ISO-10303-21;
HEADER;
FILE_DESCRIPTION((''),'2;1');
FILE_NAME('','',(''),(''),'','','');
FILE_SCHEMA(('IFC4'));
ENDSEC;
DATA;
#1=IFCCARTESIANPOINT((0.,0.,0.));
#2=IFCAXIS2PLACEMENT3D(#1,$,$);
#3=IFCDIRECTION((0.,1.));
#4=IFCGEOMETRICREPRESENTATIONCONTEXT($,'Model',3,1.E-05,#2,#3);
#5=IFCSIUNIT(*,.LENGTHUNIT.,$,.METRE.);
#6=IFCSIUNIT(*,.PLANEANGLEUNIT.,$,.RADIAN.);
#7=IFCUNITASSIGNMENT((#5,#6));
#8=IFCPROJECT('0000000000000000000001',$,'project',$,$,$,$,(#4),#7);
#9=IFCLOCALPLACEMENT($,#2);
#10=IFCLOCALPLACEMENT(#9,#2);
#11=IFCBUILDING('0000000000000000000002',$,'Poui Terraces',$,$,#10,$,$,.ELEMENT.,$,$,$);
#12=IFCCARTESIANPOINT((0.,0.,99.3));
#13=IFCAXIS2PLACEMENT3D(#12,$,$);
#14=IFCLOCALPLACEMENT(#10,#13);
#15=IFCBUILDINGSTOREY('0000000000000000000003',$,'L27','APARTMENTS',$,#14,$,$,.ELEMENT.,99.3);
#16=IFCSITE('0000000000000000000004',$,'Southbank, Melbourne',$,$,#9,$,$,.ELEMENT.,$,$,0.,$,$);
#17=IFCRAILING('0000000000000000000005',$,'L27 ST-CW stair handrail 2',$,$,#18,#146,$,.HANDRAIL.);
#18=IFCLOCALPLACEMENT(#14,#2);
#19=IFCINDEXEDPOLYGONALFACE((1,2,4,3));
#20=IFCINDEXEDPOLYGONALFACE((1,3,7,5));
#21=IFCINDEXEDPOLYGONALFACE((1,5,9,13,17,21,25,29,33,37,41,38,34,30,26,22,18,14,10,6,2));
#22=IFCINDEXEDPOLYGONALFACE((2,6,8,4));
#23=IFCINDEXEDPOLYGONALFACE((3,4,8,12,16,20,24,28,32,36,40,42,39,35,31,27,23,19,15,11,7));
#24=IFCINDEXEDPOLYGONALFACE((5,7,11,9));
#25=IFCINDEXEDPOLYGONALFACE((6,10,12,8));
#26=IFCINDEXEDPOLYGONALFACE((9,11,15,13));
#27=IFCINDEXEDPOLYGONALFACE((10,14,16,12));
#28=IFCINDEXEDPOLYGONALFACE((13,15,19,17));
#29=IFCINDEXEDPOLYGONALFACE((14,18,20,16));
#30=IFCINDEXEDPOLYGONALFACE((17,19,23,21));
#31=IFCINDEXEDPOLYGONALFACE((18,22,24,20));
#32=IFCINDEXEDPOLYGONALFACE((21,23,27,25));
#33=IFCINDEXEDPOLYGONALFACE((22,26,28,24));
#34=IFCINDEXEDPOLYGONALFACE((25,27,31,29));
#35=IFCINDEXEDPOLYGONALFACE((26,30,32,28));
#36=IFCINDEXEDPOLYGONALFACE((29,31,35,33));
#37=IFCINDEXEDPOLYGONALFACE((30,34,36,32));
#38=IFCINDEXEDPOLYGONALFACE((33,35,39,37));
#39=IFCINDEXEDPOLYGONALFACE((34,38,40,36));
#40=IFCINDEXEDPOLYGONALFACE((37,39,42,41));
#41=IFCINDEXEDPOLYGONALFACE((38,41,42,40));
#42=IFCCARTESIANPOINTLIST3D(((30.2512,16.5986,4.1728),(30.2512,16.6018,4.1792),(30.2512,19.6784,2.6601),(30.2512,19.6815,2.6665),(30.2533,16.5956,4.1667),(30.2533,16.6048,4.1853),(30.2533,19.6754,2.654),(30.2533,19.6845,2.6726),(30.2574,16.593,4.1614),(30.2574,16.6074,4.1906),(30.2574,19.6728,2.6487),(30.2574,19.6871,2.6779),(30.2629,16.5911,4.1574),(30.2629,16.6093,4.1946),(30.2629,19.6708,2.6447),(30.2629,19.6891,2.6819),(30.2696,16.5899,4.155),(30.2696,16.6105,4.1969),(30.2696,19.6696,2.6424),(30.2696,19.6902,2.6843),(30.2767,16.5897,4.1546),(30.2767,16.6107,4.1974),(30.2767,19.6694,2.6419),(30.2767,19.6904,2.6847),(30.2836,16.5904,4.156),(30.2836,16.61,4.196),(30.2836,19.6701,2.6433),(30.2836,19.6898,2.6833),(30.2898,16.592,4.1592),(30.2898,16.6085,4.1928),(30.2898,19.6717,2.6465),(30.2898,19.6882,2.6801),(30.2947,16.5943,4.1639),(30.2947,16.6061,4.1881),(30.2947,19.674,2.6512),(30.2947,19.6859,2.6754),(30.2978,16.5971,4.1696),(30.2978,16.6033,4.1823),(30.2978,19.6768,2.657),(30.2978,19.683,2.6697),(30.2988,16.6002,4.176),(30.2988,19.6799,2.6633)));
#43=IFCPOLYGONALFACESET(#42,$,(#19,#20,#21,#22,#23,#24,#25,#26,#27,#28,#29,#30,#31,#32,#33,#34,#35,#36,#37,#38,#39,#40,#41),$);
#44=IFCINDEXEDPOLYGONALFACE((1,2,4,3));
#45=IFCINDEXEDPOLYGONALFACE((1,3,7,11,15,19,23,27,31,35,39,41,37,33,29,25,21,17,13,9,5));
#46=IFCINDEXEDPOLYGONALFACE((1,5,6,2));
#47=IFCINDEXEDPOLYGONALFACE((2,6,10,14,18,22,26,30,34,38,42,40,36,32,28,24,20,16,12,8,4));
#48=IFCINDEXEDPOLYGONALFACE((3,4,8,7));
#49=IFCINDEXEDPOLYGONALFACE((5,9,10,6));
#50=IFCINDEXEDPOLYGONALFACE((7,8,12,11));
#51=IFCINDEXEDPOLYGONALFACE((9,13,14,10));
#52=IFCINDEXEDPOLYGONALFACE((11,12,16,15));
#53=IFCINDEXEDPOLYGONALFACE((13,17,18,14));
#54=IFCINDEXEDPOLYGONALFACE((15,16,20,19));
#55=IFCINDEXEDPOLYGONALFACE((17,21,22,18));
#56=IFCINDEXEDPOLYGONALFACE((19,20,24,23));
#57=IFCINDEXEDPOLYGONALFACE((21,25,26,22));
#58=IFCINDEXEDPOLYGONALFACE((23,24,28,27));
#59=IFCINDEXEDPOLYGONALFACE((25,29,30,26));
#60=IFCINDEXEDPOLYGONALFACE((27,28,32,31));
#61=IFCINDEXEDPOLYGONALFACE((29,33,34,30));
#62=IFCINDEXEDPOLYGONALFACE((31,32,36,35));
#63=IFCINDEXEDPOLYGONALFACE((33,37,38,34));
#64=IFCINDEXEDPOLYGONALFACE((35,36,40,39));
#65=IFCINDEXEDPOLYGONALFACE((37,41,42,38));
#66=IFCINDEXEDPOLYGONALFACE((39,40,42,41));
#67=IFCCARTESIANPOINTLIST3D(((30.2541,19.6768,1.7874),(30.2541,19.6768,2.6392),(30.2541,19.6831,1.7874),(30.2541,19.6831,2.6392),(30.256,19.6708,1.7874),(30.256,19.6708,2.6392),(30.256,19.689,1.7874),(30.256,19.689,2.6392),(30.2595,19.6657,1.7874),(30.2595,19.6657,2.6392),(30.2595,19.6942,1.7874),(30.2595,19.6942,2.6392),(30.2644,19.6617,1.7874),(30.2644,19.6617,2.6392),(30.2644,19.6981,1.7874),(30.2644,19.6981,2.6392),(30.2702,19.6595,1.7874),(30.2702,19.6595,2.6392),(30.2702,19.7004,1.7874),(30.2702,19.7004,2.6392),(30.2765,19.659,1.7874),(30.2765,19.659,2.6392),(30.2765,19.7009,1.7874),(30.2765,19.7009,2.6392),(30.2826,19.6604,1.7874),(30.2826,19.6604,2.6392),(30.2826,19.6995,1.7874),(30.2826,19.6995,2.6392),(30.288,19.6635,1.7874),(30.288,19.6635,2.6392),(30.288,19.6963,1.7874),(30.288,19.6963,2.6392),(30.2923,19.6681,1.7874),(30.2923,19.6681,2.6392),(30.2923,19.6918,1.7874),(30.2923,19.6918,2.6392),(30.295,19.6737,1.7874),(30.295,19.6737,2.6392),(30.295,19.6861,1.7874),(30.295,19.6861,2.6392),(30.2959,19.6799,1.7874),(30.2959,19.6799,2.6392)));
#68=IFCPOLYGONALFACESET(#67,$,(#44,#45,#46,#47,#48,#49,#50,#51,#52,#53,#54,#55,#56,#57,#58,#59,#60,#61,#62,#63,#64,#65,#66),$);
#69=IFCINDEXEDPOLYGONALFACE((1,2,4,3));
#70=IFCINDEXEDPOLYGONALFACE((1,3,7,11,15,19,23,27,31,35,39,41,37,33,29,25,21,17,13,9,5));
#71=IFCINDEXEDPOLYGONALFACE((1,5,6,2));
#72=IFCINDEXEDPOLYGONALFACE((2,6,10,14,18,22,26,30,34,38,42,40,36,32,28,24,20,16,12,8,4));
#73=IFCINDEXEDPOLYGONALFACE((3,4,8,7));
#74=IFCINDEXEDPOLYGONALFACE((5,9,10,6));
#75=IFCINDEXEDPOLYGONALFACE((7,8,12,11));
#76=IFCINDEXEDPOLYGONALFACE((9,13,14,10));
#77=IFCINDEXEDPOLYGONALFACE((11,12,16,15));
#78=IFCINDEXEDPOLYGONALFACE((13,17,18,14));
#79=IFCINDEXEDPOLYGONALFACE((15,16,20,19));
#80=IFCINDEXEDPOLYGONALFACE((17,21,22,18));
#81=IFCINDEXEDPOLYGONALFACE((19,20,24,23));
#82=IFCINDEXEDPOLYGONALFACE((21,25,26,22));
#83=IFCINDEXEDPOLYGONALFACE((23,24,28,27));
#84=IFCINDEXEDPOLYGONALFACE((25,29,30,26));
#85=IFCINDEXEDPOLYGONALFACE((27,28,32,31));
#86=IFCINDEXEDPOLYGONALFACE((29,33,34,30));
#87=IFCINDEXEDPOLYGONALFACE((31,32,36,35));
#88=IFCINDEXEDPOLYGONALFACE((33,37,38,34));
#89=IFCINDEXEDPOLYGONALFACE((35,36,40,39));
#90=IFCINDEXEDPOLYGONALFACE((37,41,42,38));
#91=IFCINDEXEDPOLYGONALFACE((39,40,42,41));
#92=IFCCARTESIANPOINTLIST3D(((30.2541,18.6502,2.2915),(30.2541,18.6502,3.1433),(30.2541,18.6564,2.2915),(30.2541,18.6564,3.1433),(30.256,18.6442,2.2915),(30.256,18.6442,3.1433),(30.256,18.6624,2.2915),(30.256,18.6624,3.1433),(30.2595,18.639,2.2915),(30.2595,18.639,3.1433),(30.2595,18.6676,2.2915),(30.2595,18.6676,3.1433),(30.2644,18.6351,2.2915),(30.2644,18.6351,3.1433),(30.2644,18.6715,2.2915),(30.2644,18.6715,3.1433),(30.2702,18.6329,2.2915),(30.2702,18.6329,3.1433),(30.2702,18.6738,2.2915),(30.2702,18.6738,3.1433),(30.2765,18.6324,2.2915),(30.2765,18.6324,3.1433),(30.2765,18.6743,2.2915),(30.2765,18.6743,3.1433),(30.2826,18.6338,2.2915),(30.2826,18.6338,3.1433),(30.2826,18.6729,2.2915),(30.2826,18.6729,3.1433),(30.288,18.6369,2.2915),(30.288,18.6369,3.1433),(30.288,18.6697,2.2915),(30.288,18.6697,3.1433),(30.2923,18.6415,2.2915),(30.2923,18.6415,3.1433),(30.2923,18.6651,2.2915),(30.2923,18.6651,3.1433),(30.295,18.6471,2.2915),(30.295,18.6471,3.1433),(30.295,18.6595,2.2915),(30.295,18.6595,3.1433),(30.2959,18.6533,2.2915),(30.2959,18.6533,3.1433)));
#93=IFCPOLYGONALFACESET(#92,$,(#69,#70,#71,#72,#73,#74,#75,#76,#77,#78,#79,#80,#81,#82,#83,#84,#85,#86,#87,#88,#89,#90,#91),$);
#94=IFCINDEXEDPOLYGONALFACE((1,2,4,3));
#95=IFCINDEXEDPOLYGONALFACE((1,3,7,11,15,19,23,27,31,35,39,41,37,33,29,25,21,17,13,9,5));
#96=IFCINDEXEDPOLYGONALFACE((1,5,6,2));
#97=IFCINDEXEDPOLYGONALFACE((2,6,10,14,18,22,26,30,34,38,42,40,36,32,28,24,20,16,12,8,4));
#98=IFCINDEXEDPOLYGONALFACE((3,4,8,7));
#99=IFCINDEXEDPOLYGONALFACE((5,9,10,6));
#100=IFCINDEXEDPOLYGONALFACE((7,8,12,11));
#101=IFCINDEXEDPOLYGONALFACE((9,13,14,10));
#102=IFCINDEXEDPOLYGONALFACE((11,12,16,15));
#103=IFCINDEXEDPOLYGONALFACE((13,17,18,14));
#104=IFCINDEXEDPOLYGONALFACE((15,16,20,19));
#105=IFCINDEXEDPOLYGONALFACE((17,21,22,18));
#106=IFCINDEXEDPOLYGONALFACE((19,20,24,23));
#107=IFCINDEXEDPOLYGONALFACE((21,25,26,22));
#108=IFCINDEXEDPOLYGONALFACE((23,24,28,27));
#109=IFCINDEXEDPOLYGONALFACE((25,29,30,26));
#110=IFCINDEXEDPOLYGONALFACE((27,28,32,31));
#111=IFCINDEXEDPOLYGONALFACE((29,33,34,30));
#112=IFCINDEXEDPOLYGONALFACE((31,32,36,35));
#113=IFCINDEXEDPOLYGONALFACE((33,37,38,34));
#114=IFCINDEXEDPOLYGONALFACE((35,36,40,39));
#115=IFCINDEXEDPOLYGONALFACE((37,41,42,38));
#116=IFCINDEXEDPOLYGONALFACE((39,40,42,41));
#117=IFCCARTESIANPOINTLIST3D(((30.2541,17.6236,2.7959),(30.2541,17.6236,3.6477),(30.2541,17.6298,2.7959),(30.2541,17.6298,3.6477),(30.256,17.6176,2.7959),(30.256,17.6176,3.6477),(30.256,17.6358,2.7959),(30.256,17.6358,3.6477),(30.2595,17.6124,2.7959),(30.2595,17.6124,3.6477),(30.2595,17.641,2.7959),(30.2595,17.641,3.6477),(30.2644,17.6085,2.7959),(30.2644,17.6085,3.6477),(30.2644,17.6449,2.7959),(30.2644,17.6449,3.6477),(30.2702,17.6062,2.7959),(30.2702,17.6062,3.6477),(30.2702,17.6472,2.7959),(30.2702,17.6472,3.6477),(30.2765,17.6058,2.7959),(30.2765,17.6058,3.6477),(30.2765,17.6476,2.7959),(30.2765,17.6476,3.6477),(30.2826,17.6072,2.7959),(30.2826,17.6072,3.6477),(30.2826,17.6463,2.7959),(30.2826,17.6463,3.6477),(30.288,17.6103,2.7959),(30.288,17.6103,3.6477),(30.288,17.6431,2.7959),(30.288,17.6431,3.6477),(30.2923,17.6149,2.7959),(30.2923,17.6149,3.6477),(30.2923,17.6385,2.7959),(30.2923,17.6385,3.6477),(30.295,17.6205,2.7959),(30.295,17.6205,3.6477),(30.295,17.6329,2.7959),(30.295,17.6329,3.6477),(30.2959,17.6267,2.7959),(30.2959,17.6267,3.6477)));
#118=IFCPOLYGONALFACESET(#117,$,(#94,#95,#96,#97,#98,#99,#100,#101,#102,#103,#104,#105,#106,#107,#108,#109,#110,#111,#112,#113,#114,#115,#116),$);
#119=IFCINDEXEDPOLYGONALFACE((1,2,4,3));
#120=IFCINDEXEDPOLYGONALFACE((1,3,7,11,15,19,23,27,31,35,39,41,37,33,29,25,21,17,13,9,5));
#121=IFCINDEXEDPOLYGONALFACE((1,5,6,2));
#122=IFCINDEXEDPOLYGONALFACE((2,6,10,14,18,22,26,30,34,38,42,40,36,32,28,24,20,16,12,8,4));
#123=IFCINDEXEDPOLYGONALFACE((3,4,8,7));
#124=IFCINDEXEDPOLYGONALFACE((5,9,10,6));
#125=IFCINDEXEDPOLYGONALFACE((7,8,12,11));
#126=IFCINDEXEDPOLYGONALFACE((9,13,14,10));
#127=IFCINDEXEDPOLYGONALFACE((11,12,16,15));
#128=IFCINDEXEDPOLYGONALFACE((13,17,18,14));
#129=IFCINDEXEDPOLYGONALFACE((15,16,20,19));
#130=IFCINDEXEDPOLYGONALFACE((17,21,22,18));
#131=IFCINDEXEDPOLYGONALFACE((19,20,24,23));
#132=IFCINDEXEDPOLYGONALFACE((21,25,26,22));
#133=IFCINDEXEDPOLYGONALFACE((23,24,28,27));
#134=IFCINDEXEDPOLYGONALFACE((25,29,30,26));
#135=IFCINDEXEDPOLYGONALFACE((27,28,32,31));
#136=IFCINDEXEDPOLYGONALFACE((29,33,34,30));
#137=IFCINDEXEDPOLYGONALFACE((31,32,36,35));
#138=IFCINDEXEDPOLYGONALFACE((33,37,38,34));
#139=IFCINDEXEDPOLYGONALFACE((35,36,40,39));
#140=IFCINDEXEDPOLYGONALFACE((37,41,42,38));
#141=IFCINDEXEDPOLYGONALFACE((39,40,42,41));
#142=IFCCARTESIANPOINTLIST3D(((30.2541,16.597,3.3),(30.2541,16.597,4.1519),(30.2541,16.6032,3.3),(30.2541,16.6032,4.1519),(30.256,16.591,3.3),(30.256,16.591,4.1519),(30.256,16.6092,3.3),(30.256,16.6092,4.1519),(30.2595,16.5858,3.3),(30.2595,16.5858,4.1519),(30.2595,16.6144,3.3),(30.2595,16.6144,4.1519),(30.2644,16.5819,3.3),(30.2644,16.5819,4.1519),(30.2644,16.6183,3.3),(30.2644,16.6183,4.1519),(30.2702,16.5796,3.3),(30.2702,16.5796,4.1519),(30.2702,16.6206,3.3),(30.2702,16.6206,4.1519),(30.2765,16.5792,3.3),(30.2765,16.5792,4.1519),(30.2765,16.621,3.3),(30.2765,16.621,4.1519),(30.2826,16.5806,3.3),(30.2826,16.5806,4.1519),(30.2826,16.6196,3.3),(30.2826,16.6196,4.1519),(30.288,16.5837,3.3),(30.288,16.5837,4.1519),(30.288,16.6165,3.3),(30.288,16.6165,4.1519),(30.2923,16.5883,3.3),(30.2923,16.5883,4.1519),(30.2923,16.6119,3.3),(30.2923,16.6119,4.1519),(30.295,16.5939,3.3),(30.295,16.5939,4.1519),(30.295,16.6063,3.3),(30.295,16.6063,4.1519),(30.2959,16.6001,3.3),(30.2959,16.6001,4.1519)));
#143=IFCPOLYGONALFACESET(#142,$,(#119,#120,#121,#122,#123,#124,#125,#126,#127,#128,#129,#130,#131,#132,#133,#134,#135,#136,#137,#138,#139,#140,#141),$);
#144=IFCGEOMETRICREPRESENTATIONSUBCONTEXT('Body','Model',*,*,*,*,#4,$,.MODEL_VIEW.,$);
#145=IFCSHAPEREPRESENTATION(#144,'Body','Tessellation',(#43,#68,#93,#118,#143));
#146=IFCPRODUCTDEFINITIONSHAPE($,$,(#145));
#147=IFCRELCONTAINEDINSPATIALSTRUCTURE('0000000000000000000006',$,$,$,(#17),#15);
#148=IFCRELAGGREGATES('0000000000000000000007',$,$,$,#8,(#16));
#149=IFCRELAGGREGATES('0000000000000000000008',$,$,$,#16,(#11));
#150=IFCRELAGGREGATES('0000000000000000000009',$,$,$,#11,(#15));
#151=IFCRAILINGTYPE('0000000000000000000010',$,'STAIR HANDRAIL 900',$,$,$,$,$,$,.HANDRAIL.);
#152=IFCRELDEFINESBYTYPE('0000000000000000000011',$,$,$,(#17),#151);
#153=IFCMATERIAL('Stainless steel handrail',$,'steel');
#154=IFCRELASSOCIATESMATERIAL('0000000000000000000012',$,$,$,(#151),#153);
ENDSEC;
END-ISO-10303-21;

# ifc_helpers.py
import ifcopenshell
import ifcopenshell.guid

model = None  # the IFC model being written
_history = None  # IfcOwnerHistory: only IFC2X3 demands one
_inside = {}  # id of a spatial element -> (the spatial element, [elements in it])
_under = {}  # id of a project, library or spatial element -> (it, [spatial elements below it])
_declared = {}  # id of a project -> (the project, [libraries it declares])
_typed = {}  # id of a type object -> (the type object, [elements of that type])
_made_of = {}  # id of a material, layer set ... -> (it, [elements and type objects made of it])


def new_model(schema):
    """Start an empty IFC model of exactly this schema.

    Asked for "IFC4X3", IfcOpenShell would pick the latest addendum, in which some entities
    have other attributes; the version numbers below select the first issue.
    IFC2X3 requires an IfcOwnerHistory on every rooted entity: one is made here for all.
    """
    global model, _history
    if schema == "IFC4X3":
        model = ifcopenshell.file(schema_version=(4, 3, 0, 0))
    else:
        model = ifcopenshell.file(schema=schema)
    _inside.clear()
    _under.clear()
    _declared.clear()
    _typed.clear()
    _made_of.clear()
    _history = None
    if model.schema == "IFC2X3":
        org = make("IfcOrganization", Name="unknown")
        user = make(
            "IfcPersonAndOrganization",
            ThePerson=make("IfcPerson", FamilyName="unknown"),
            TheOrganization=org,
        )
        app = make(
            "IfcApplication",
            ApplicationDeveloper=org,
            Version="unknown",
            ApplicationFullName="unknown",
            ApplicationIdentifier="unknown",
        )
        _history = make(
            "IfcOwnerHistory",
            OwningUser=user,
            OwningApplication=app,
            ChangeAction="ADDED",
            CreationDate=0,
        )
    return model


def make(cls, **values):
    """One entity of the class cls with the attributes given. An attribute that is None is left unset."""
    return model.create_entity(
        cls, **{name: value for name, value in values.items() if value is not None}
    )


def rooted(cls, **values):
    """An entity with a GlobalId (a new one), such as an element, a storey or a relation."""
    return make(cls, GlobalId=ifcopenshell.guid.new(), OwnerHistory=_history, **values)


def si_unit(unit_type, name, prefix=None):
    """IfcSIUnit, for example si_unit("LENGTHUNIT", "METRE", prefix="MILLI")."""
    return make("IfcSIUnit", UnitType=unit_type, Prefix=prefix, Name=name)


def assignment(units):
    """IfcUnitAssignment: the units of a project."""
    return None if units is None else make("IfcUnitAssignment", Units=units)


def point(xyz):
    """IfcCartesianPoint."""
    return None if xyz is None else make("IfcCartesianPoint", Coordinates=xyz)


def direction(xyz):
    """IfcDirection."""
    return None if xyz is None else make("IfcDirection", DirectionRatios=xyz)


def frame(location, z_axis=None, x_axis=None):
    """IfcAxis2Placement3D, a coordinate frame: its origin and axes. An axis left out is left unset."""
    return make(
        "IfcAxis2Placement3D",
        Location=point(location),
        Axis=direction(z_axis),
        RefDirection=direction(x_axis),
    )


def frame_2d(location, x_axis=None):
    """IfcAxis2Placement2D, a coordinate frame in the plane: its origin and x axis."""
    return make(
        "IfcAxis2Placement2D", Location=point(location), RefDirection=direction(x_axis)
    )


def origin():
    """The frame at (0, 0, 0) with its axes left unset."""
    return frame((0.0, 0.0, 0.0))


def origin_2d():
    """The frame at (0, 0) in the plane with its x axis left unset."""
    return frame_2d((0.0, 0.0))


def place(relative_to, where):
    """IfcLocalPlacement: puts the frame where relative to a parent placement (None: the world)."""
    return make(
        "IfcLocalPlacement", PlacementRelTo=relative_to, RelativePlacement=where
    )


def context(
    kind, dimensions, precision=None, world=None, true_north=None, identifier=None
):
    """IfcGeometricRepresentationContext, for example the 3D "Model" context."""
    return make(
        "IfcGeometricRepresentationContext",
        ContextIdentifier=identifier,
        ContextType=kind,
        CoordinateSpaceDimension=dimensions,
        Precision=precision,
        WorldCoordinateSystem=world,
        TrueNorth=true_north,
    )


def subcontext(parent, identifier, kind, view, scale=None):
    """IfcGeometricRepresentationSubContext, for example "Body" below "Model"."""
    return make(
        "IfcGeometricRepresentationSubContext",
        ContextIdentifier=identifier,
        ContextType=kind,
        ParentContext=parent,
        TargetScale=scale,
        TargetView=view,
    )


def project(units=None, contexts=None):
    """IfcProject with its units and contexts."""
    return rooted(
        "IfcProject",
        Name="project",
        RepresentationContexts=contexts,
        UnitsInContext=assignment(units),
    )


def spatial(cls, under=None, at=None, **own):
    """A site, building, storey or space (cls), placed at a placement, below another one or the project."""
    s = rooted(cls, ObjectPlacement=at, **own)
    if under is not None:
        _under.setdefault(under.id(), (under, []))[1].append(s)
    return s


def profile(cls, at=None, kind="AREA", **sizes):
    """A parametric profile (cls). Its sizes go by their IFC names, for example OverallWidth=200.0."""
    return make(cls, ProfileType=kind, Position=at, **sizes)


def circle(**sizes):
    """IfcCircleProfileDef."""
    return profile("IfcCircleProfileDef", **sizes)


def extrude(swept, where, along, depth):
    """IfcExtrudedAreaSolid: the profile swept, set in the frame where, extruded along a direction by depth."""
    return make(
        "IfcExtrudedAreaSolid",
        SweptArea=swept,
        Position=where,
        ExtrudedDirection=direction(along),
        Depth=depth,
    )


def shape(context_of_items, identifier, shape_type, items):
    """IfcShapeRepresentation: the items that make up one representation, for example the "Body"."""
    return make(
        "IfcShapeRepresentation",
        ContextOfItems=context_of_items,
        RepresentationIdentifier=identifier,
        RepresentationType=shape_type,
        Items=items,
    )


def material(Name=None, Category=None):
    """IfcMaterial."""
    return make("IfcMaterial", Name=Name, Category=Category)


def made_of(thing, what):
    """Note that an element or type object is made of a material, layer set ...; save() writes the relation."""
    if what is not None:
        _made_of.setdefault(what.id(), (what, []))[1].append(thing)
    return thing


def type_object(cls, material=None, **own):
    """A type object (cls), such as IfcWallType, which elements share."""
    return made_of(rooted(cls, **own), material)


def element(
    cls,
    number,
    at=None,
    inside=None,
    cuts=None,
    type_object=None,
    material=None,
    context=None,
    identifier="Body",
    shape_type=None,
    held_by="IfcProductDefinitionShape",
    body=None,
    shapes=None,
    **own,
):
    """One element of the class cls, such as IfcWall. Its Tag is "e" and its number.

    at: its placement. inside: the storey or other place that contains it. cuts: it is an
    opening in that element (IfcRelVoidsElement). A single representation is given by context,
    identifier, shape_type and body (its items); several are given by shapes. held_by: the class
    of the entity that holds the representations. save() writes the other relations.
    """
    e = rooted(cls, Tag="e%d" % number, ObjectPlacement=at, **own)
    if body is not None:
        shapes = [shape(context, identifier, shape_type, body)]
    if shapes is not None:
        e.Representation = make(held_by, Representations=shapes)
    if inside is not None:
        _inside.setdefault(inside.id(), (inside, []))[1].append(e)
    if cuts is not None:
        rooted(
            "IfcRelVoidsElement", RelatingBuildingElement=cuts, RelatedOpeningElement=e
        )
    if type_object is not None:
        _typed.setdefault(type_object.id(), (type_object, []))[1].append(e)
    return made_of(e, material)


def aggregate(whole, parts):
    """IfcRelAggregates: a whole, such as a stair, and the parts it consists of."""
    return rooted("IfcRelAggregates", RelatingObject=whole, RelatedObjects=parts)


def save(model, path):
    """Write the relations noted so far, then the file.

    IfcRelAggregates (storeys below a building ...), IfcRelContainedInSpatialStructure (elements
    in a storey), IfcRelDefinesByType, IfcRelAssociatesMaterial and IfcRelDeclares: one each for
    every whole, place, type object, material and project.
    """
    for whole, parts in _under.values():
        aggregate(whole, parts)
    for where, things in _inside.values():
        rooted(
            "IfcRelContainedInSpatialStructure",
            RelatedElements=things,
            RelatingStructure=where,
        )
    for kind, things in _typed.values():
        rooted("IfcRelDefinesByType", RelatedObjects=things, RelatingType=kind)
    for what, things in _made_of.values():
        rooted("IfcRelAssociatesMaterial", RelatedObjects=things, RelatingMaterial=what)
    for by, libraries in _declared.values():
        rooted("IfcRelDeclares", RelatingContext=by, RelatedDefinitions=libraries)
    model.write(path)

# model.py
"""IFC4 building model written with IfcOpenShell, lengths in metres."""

from ifc_helpers import new_model, si_unit, direction, frame, origin, origin_2d, place, context, subcontext, project, spatial, circle, extrude, material, type_object, element, save


model = new_model("IFC4")

# Units and contexts
model_context = context("Model", 3, precision=1e-05, world=origin(), true_north=direction((0.0, 1.0)))
body_context = subcontext(model_context, "Body", "Model", "MODEL_VIEW")
ifc_project = project(units=[si_unit("LENGTHUNIT", "METRE"), si_unit("PLANEANGLEUNIT", "RADIAN")], contexts=[model_context])

# Site, building, storey
site_placement = place(None, origin())
site = spatial("IfcSite", under=ifc_project, at=site_placement, Name="Southbank, Melbourne", CompositionType="ELEMENT", RefElevation=0.0)
building_placement = place(site_placement, origin())
building = spatial("IfcBuilding", under=site, at=building_placement, Name="Poui Terraces", CompositionType="ELEMENT")
storey_placement = place(building_placement, frame((0.0, 0.0, 99.3)))
storey = spatial("IfcBuildingStorey", under=building, at=storey_placement, Name="L27", Description="APARTMENTS", CompositionType="ELEMENT", Elevation=99.3)

# Railing
ifc_material_1 = material(Name="Stainless steel handrail", Category="steel")
railing_type_1 = type_object("IfcRailingType", Name="STAIR HANDRAIL 900", PredefinedType="HANDRAIL", material=ifc_material_1)
railing_1_placement = place(storey_placement, frame((30.2749, 19.6799, 1.7874)))
element("IfcRailing", 1, at=railing_1_placement, inside=storey, type_object=railing_type_1, Name="L27 ST-CW stair handrail 2", PredefinedType="HANDRAIL", context=body_context, shape_type="SweptSolid", body=[
    extrude(circle(Radius=0.0239, at=origin_2d()), frame((0.0, 0.0, 0.876), z_axis=(0.0, -0.897578, 0.440856), x_axis=(1.0, 0.0, 0.0)), (0.0, 0.0, 1.0), 3.4312),
    extrude(circle(Radius=0.021, at=origin_2d()), origin(), (0.0, 0.0, 1.0), 0.8518),
    extrude(circle(Radius=0.021, at=origin_2d()), frame((0.0, -1.0266, 0.5042)), (0.0, 0.0, 1.0), 0.8518),
    extrude(circle(Radius=0.021, at=origin_2d()), frame((0.0, -2.0532, 1.0085)), (0.0, 0.0, 1.0), 0.8518),
    extrude(circle(Radius=0.021, at=origin_2d()), frame((0.0, -3.0798, 1.5127)), (0.0, 0.0, 1.0), 0.8518),
])

save(model, "model.ifc")
